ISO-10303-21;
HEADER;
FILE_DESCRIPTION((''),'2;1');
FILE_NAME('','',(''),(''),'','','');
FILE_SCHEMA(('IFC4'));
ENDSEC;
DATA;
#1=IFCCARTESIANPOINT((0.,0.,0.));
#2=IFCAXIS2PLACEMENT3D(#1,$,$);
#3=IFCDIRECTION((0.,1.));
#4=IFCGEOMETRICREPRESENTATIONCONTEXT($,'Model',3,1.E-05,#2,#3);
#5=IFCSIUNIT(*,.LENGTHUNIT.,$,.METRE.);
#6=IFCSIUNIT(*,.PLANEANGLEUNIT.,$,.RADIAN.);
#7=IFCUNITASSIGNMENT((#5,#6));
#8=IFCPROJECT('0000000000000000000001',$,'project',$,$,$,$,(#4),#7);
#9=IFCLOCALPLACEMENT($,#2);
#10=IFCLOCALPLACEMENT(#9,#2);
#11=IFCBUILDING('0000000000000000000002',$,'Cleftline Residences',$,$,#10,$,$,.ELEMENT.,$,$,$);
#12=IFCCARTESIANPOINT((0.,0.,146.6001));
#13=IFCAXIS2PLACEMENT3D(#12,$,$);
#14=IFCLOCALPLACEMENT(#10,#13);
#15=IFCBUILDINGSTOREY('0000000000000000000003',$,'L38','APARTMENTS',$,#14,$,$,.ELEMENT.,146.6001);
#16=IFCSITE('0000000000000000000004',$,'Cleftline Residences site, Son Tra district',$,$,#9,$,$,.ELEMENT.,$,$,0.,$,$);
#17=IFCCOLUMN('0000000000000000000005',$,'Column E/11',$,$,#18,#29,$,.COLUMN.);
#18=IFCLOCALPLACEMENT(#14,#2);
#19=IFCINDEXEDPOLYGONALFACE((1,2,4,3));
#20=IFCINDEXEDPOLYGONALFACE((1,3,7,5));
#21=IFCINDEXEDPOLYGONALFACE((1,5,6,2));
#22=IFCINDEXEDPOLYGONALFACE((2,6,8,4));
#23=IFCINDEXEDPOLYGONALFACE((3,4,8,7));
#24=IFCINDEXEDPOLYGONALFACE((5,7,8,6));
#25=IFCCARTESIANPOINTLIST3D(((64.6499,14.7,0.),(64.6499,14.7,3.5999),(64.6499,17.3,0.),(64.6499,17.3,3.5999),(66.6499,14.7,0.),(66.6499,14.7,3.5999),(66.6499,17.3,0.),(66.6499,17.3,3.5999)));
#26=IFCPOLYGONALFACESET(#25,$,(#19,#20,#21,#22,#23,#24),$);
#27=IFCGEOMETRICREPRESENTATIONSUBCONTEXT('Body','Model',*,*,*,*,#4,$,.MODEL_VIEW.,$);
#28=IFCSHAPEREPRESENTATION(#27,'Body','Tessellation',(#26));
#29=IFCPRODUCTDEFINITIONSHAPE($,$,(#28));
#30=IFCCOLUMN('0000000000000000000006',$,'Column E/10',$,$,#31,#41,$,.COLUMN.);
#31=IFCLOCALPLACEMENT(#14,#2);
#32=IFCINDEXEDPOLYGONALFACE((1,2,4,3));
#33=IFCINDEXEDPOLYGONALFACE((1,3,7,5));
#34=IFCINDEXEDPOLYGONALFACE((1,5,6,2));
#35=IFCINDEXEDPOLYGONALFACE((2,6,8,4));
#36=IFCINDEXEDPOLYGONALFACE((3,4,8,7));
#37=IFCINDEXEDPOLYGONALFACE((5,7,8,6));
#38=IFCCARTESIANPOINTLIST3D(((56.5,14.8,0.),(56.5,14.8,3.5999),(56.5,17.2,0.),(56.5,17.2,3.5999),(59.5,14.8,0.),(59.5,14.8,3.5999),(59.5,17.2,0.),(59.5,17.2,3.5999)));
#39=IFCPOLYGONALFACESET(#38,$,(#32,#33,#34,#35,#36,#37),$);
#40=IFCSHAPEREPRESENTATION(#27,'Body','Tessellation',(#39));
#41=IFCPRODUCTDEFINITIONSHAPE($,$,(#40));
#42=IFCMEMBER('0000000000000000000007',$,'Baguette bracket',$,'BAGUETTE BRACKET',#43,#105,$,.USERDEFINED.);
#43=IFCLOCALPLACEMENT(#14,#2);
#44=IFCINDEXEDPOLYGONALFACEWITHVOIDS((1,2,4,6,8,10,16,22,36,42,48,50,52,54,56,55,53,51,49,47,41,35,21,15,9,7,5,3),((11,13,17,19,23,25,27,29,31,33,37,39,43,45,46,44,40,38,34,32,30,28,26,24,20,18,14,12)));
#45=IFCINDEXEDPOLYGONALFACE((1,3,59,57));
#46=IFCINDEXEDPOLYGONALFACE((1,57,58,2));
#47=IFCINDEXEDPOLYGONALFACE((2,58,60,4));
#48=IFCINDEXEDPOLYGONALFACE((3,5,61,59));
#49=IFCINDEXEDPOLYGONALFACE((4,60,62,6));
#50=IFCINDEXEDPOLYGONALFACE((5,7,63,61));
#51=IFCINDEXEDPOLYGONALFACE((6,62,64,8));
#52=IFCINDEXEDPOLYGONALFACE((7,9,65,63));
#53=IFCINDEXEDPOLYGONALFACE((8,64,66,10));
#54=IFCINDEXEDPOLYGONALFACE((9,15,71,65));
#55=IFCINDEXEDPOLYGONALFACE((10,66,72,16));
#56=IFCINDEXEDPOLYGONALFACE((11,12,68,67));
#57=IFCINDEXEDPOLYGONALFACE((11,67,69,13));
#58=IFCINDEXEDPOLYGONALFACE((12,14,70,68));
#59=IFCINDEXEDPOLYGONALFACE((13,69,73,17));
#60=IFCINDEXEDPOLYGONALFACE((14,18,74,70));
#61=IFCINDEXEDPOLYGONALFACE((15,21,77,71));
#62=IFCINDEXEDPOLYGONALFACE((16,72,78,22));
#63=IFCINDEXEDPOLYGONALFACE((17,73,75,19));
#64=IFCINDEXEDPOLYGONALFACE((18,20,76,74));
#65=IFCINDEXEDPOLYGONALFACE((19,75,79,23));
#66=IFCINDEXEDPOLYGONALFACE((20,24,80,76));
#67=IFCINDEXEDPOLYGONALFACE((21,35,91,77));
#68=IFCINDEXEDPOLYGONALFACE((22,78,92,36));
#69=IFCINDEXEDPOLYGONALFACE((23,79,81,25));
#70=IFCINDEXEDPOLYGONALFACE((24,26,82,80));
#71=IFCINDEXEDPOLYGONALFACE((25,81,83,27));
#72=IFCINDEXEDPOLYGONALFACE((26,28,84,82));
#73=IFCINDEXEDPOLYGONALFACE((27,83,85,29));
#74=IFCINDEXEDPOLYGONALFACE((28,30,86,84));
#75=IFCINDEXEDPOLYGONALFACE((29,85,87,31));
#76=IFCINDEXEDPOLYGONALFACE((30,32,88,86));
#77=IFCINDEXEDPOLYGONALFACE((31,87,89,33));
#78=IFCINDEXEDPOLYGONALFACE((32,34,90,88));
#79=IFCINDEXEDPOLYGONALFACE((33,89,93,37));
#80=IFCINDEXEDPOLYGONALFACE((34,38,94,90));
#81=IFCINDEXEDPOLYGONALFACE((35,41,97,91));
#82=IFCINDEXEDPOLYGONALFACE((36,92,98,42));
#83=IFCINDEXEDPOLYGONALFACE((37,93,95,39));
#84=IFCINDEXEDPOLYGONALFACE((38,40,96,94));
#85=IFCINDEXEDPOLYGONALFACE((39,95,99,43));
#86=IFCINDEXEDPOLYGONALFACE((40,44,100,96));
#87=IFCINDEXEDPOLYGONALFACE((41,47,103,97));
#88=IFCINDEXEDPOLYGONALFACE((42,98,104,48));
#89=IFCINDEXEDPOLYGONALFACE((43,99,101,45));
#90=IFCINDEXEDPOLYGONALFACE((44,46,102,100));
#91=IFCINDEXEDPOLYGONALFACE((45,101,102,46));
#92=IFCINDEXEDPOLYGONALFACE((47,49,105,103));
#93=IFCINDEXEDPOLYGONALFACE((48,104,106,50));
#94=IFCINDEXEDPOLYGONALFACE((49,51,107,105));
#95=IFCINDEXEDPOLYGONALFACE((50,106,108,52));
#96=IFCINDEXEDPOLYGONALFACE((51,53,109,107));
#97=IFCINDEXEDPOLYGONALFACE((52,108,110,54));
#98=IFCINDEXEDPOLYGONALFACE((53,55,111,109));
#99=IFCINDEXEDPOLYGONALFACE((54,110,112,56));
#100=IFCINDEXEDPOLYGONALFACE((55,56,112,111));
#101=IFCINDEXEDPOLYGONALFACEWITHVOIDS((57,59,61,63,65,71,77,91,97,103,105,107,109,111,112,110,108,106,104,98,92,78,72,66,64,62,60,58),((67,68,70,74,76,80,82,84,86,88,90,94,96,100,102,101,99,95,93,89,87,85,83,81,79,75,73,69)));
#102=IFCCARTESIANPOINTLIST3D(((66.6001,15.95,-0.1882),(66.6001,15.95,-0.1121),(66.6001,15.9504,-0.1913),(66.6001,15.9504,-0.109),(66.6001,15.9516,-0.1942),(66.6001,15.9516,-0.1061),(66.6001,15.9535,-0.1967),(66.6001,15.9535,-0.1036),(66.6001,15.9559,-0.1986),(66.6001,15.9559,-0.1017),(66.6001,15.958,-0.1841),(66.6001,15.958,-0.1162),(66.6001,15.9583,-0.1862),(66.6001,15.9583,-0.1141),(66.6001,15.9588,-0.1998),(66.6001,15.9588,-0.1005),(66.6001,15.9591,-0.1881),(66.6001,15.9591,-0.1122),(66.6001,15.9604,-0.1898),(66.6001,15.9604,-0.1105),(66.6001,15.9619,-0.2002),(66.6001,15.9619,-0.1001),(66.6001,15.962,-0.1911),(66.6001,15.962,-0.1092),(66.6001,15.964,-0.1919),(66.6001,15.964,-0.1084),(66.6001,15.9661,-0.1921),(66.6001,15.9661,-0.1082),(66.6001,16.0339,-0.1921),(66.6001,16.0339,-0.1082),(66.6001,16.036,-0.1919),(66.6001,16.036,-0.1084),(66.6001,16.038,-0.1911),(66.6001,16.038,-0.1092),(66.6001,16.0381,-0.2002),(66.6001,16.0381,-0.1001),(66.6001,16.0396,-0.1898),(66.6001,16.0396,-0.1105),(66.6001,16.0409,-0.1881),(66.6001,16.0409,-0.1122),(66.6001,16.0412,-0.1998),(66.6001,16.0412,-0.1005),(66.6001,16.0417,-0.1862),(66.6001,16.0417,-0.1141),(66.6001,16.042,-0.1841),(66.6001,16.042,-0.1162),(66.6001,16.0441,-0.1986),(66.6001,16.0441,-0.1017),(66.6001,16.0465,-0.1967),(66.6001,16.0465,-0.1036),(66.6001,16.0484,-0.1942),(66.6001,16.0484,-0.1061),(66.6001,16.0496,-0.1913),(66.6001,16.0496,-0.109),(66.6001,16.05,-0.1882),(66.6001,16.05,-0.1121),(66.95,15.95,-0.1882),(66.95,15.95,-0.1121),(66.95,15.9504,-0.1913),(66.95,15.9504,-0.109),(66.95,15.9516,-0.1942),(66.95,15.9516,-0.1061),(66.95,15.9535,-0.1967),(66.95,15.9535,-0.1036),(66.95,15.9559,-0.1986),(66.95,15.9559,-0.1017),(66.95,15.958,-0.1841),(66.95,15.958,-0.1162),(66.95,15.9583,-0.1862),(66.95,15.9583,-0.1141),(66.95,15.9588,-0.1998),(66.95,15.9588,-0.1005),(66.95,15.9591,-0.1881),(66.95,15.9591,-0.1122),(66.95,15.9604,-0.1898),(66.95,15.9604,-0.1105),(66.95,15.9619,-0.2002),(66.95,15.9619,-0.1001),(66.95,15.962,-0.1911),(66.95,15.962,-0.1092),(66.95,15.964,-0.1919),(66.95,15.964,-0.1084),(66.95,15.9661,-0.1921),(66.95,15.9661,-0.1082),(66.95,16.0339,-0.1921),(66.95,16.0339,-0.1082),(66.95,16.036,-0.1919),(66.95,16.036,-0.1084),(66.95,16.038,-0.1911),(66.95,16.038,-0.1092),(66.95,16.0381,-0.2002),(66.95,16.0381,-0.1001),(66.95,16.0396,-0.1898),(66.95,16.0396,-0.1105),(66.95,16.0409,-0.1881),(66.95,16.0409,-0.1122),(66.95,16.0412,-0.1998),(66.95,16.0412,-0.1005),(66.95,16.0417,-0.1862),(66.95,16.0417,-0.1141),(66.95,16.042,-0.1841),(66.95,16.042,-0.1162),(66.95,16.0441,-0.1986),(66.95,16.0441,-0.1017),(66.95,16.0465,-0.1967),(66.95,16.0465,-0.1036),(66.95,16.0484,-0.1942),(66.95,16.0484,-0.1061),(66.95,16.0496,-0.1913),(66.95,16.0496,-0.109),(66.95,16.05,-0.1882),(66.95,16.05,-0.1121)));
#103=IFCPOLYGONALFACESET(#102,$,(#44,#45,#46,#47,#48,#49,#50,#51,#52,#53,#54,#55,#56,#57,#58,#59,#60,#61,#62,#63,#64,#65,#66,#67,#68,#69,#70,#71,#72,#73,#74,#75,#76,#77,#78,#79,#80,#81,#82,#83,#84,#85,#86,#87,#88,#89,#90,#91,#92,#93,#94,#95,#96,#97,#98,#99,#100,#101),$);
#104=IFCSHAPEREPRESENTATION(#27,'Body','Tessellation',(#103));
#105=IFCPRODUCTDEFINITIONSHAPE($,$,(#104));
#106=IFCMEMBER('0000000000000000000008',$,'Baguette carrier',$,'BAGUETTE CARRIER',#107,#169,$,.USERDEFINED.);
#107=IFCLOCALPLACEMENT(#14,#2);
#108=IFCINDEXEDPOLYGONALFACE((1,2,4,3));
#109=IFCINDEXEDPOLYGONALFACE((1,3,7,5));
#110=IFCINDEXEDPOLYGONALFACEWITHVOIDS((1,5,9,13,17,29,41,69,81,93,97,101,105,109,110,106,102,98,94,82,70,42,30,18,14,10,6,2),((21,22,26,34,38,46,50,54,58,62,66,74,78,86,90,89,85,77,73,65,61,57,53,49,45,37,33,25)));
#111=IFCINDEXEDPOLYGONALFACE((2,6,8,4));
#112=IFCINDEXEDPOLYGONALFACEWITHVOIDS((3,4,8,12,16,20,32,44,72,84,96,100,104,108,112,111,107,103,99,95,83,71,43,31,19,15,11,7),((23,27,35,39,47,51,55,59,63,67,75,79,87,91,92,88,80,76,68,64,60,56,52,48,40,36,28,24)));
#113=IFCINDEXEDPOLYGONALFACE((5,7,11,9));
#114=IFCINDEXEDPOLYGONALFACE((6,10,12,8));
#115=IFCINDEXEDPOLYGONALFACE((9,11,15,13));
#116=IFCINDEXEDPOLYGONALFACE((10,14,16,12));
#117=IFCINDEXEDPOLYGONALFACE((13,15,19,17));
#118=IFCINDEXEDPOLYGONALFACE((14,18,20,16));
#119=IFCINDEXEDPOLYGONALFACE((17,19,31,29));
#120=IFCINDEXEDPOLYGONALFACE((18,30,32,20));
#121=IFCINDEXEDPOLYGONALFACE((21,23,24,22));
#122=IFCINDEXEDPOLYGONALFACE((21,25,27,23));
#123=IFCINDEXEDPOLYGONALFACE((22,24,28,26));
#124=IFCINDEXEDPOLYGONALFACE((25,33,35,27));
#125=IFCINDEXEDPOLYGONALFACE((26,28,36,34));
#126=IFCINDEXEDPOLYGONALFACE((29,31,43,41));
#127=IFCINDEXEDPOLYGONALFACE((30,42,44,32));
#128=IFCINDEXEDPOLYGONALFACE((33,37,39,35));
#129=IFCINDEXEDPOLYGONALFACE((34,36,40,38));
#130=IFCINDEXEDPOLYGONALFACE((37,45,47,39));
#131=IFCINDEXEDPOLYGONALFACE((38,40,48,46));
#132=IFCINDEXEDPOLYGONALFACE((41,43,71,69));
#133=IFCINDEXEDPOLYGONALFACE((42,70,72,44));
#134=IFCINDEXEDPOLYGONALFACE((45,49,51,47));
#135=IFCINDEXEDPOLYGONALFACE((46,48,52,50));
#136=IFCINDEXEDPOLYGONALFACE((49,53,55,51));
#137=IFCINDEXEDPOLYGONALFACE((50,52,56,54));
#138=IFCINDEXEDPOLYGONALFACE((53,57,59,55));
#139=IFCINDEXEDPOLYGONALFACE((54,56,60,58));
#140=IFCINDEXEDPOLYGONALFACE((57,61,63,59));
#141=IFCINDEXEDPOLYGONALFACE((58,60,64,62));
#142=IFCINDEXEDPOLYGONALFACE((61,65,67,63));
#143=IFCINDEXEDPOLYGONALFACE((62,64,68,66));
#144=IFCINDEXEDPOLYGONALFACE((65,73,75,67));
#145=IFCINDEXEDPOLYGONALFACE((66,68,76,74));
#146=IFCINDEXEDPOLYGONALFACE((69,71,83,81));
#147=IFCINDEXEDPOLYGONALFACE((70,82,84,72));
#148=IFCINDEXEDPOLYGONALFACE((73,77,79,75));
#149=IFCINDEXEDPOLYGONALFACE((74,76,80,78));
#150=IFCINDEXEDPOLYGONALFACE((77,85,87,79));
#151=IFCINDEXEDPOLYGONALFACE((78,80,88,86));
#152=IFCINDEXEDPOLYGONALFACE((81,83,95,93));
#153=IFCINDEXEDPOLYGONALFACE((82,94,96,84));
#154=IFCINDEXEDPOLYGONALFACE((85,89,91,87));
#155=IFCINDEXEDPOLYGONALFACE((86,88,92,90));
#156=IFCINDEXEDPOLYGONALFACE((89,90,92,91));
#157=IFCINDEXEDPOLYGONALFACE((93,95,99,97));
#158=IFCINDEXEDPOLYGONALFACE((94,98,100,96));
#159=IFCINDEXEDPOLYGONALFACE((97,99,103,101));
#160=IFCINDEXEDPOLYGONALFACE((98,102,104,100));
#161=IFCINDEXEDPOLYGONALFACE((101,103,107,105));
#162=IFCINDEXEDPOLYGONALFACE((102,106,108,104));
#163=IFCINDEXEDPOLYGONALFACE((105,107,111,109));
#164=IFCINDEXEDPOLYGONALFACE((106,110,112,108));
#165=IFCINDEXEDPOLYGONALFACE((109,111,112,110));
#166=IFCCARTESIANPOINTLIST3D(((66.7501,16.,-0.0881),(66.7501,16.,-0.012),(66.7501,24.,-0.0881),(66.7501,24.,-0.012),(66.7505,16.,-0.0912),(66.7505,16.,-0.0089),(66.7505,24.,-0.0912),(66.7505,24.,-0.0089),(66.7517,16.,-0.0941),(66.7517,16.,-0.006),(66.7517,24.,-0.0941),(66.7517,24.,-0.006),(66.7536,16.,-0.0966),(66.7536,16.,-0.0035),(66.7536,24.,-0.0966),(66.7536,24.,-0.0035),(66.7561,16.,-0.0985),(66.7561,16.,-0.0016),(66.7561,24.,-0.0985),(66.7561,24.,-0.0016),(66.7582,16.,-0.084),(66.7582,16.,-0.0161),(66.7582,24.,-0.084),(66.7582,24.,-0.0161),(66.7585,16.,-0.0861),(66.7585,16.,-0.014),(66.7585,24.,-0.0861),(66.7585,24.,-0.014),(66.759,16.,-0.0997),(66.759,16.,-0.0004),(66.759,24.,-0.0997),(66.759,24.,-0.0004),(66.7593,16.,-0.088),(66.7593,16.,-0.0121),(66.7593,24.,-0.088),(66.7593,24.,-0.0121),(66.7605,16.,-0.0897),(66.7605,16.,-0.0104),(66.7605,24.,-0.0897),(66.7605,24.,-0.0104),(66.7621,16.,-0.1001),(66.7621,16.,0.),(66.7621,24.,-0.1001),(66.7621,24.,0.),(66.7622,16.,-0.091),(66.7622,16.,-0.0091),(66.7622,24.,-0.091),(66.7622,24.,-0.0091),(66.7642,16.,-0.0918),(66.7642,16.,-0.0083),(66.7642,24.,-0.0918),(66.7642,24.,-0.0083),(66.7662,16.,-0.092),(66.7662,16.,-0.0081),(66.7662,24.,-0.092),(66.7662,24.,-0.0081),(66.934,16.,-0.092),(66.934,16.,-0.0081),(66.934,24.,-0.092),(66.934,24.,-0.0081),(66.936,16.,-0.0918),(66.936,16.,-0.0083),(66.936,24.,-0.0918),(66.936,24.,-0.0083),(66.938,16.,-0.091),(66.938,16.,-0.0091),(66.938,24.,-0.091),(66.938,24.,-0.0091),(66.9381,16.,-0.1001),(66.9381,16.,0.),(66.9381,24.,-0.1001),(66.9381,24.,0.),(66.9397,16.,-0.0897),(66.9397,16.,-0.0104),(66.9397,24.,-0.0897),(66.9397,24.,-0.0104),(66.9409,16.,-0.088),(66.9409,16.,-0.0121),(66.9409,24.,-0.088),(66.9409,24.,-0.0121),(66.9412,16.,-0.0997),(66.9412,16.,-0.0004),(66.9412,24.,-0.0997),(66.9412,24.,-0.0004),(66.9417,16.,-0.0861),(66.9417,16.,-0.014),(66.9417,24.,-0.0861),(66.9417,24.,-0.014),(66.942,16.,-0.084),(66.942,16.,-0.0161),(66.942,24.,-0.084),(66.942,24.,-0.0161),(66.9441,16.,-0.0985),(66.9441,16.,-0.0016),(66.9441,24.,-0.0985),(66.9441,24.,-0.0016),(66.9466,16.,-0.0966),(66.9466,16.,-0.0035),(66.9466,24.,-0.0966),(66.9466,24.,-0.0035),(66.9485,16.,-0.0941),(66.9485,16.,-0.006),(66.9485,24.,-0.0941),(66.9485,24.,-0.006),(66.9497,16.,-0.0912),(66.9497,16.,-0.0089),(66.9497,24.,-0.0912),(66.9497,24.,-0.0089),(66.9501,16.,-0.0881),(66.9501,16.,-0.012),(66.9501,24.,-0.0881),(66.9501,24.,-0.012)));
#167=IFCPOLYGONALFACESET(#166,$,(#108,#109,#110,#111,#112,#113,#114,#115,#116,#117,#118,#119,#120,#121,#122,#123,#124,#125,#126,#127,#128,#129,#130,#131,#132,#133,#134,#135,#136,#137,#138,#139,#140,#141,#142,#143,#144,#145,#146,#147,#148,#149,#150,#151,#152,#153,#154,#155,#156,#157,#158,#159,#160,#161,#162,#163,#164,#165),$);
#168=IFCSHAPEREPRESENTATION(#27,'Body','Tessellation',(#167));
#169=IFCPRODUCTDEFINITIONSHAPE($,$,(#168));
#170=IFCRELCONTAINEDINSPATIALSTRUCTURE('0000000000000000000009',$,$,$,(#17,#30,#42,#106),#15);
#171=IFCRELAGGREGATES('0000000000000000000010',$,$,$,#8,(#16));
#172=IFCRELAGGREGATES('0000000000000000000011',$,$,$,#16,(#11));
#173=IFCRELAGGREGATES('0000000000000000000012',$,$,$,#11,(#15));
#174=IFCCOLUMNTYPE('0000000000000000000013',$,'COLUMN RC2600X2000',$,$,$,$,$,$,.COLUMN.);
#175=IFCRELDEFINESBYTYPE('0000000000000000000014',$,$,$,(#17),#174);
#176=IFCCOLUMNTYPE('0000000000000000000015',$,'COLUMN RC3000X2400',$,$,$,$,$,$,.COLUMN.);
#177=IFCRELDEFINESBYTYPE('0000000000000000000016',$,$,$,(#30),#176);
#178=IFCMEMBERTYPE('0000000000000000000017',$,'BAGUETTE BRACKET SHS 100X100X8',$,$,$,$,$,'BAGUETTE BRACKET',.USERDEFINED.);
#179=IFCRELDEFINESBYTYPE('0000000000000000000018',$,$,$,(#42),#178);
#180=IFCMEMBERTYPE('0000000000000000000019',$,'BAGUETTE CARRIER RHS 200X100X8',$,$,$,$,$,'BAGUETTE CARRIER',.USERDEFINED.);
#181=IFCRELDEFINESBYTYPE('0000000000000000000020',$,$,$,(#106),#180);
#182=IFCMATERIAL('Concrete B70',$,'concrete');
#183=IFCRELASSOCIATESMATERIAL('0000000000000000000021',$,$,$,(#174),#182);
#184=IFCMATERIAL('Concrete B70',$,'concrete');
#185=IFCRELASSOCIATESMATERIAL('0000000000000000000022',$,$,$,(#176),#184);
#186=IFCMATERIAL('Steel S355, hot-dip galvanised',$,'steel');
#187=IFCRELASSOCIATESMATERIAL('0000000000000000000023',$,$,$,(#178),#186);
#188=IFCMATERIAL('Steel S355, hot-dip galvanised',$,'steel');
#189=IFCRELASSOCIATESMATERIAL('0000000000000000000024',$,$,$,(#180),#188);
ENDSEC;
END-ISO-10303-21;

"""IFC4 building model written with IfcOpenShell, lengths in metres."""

from ifc_helpers import new_model, si_unit, direction, frame, origin, origin_2d, place, context, subcontext, project, spatial, rectangle, hollow_rectangle, extrude, material, material_profile, profile_set, type_object, element, save


model = new_model("IFC4")

# Units and contexts
model_context = context("Model", 3, precision=1e-05, world=origin(), true_north=direction((0.0, 1.0)))
body_context = subcontext(model_context, "Body", "Model", "MODEL_VIEW")
ifc_project = project(units=[si_unit("LENGTHUNIT", "METRE"), si_unit("PLANEANGLEUNIT", "RADIAN")], contexts=[model_context])

# Site, building, storey
site_placement = place(None, origin())
site = spatial("IfcSite", under=ifc_project, at=site_placement, Name="Cleftline Residences site, Son Tra district", CompositionType="ELEMENT", RefElevation=0.0)
building_placement = place(site_placement, origin())
building = spatial("IfcBuilding", under=site, at=building_placement, Name="Cleftline Residences", CompositionType="ELEMENT")
storey_placement = place(building_placement, frame((0.0, 0.0, 146.6001)))
storey = spatial("IfcBuildingStorey", under=building, at=storey_placement, Name="L38", Description="APARTMENTS", CompositionType="ELEMENT", Elevation=146.6001)

# Columns
ifc_material_1 = material(Name="Concrete B70", Category="concrete")
ifc_material_profile_1 = material_profile(ifc_material_1, rectangle(XDim=2.6001, YDim=2.0, at=origin_2d()))
ifc_profile_set_1 = profile_set([ifc_material_profile_1], Name="Concrete B70")
column_type_1 = type_object("IfcColumnType", Name="COLUMN RC2600X2000", PredefinedType="COLUMN", material=ifc_profile_set_1)
column_1_placement = place(storey_placement, frame((65.6499, 16.0, 0.0), z_axis=(0.0, 0.0, 1.0), x_axis=(0.0, 1.0, 0.0)))
element("IfcColumn", 1, at=column_1_placement, inside=storey, type_object=column_type_1, Name="Column E/11", PredefinedType="COLUMN", context=body_context, shape_type="SweptSolid", body=[
    extrude(rectangle(XDim=2.6001, YDim=2.0, at=origin_2d()), origin(), (0.0, 0.0, 1.0), 3.5999),
])
ifc_material_2 = material(Name="Concrete B70", Category="concrete")
ifc_material_profile_2 = material_profile(ifc_material_2, rectangle(XDim=3.0, YDim=2.3999, at=origin_2d()))
ifc_profile_set_2 = profile_set([ifc_material_profile_2], Name="Concrete B70")
column_type_2 = type_object("IfcColumnType", Name="COLUMN RC3000X2400", PredefinedType="COLUMN", material=ifc_profile_set_2)
column_2_placement = place(storey_placement, frame((58.0, 16.0, 0.0), z_axis=(0.0, 0.0, 1.0), x_axis=(1.0, 0.0, 0.0)))
element("IfcColumn", 2, at=column_2_placement, inside=storey, type_object=column_type_2, Name="Column E/10", PredefinedType="COLUMN", context=body_context, shape_type="SweptSolid", body=[
    extrude(rectangle(XDim=3.0, YDim=2.3999, at=origin_2d()), origin(), (0.0, 0.0, 1.0), 3.5999),
])

# Members
ifc_material_3 = material(Name="Steel S355, hot-dip galvanised", Category="steel")
ifc_material_profile_3 = material_profile(ifc_material_3, hollow_rectangle(XDim=0.1001, YDim=0.1001, WallThickness=0.0081, InnerFilletRadius=0.0081, OuterFilletRadius=0.012, at=origin_2d()))
ifc_profile_set_3 = profile_set([ifc_material_profile_3], Name="Steel S355, hot-dip galvanised")
member_type_1 = type_object("IfcMemberType", Name="BAGUETTE BRACKET SHS 100X100X8", ElementType="BAGUETTE BRACKET", PredefinedType="USERDEFINED", material=ifc_profile_set_3)
member_1_placement = place(storey_placement, frame((66.6001, 16.0, -0.1501), z_axis=(1.0, 0.0, 0.0), x_axis=(0.0, 1.0, 0.0)))
element("IfcMember", 3, at=member_1_placement, inside=storey, type_object=member_type_1, Name="Baguette bracket", ObjectType="BAGUETTE BRACKET", PredefinedType="USERDEFINED", context=body_context, shape_type="SweptSolid", body=[
    extrude(hollow_rectangle(XDim=0.1001, YDim=0.1001, WallThickness=0.0081, InnerFilletRadius=0.0081, OuterFilletRadius=0.012, at=origin_2d()), origin(), (0.0, 0.0, 1.0), 0.3499),
])
ifc_material_4 = material(Name="Steel S355, hot-dip galvanised", Category="steel")
ifc_material_profile_4 = material_profile(ifc_material_4, hollow_rectangle(XDim=0.1001, YDim=0.2, WallThickness=0.0081, InnerFilletRadius=0.0081, OuterFilletRadius=0.012, at=origin_2d()))
ifc_profile_set_4 = profile_set([ifc_material_profile_4], Name="Steel S355, hot-dip galvanised")
member_type_2 = type_object("IfcMemberType", Name="BAGUETTE CARRIER RHS 200X100X8", ElementType="BAGUETTE CARRIER", PredefinedType="USERDEFINED", material=ifc_profile_set_4)
member_2_placement = place(storey_placement, frame((66.8501, 16.0, -0.05), z_axis=(0.0, 1.0, 0.0), x_axis=(0.0, 0.0, 1.0)))
element("IfcMember", 4, at=member_2_placement, inside=storey, type_object=member_type_2, Name="Baguette carrier", ObjectType="BAGUETTE CARRIER", PredefinedType="USERDEFINED", context=body_context, shape_type="SweptSolid", body=[
    extrude(hollow_rectangle(XDim=0.1001, YDim=0.2, WallThickness=0.0081, InnerFilletRadius=0.0081, OuterFilletRadius=0.012, at=origin_2d()), origin(), (0.0, 0.0, 1.0), 8.0),
])

save(model, "model.ifc")
